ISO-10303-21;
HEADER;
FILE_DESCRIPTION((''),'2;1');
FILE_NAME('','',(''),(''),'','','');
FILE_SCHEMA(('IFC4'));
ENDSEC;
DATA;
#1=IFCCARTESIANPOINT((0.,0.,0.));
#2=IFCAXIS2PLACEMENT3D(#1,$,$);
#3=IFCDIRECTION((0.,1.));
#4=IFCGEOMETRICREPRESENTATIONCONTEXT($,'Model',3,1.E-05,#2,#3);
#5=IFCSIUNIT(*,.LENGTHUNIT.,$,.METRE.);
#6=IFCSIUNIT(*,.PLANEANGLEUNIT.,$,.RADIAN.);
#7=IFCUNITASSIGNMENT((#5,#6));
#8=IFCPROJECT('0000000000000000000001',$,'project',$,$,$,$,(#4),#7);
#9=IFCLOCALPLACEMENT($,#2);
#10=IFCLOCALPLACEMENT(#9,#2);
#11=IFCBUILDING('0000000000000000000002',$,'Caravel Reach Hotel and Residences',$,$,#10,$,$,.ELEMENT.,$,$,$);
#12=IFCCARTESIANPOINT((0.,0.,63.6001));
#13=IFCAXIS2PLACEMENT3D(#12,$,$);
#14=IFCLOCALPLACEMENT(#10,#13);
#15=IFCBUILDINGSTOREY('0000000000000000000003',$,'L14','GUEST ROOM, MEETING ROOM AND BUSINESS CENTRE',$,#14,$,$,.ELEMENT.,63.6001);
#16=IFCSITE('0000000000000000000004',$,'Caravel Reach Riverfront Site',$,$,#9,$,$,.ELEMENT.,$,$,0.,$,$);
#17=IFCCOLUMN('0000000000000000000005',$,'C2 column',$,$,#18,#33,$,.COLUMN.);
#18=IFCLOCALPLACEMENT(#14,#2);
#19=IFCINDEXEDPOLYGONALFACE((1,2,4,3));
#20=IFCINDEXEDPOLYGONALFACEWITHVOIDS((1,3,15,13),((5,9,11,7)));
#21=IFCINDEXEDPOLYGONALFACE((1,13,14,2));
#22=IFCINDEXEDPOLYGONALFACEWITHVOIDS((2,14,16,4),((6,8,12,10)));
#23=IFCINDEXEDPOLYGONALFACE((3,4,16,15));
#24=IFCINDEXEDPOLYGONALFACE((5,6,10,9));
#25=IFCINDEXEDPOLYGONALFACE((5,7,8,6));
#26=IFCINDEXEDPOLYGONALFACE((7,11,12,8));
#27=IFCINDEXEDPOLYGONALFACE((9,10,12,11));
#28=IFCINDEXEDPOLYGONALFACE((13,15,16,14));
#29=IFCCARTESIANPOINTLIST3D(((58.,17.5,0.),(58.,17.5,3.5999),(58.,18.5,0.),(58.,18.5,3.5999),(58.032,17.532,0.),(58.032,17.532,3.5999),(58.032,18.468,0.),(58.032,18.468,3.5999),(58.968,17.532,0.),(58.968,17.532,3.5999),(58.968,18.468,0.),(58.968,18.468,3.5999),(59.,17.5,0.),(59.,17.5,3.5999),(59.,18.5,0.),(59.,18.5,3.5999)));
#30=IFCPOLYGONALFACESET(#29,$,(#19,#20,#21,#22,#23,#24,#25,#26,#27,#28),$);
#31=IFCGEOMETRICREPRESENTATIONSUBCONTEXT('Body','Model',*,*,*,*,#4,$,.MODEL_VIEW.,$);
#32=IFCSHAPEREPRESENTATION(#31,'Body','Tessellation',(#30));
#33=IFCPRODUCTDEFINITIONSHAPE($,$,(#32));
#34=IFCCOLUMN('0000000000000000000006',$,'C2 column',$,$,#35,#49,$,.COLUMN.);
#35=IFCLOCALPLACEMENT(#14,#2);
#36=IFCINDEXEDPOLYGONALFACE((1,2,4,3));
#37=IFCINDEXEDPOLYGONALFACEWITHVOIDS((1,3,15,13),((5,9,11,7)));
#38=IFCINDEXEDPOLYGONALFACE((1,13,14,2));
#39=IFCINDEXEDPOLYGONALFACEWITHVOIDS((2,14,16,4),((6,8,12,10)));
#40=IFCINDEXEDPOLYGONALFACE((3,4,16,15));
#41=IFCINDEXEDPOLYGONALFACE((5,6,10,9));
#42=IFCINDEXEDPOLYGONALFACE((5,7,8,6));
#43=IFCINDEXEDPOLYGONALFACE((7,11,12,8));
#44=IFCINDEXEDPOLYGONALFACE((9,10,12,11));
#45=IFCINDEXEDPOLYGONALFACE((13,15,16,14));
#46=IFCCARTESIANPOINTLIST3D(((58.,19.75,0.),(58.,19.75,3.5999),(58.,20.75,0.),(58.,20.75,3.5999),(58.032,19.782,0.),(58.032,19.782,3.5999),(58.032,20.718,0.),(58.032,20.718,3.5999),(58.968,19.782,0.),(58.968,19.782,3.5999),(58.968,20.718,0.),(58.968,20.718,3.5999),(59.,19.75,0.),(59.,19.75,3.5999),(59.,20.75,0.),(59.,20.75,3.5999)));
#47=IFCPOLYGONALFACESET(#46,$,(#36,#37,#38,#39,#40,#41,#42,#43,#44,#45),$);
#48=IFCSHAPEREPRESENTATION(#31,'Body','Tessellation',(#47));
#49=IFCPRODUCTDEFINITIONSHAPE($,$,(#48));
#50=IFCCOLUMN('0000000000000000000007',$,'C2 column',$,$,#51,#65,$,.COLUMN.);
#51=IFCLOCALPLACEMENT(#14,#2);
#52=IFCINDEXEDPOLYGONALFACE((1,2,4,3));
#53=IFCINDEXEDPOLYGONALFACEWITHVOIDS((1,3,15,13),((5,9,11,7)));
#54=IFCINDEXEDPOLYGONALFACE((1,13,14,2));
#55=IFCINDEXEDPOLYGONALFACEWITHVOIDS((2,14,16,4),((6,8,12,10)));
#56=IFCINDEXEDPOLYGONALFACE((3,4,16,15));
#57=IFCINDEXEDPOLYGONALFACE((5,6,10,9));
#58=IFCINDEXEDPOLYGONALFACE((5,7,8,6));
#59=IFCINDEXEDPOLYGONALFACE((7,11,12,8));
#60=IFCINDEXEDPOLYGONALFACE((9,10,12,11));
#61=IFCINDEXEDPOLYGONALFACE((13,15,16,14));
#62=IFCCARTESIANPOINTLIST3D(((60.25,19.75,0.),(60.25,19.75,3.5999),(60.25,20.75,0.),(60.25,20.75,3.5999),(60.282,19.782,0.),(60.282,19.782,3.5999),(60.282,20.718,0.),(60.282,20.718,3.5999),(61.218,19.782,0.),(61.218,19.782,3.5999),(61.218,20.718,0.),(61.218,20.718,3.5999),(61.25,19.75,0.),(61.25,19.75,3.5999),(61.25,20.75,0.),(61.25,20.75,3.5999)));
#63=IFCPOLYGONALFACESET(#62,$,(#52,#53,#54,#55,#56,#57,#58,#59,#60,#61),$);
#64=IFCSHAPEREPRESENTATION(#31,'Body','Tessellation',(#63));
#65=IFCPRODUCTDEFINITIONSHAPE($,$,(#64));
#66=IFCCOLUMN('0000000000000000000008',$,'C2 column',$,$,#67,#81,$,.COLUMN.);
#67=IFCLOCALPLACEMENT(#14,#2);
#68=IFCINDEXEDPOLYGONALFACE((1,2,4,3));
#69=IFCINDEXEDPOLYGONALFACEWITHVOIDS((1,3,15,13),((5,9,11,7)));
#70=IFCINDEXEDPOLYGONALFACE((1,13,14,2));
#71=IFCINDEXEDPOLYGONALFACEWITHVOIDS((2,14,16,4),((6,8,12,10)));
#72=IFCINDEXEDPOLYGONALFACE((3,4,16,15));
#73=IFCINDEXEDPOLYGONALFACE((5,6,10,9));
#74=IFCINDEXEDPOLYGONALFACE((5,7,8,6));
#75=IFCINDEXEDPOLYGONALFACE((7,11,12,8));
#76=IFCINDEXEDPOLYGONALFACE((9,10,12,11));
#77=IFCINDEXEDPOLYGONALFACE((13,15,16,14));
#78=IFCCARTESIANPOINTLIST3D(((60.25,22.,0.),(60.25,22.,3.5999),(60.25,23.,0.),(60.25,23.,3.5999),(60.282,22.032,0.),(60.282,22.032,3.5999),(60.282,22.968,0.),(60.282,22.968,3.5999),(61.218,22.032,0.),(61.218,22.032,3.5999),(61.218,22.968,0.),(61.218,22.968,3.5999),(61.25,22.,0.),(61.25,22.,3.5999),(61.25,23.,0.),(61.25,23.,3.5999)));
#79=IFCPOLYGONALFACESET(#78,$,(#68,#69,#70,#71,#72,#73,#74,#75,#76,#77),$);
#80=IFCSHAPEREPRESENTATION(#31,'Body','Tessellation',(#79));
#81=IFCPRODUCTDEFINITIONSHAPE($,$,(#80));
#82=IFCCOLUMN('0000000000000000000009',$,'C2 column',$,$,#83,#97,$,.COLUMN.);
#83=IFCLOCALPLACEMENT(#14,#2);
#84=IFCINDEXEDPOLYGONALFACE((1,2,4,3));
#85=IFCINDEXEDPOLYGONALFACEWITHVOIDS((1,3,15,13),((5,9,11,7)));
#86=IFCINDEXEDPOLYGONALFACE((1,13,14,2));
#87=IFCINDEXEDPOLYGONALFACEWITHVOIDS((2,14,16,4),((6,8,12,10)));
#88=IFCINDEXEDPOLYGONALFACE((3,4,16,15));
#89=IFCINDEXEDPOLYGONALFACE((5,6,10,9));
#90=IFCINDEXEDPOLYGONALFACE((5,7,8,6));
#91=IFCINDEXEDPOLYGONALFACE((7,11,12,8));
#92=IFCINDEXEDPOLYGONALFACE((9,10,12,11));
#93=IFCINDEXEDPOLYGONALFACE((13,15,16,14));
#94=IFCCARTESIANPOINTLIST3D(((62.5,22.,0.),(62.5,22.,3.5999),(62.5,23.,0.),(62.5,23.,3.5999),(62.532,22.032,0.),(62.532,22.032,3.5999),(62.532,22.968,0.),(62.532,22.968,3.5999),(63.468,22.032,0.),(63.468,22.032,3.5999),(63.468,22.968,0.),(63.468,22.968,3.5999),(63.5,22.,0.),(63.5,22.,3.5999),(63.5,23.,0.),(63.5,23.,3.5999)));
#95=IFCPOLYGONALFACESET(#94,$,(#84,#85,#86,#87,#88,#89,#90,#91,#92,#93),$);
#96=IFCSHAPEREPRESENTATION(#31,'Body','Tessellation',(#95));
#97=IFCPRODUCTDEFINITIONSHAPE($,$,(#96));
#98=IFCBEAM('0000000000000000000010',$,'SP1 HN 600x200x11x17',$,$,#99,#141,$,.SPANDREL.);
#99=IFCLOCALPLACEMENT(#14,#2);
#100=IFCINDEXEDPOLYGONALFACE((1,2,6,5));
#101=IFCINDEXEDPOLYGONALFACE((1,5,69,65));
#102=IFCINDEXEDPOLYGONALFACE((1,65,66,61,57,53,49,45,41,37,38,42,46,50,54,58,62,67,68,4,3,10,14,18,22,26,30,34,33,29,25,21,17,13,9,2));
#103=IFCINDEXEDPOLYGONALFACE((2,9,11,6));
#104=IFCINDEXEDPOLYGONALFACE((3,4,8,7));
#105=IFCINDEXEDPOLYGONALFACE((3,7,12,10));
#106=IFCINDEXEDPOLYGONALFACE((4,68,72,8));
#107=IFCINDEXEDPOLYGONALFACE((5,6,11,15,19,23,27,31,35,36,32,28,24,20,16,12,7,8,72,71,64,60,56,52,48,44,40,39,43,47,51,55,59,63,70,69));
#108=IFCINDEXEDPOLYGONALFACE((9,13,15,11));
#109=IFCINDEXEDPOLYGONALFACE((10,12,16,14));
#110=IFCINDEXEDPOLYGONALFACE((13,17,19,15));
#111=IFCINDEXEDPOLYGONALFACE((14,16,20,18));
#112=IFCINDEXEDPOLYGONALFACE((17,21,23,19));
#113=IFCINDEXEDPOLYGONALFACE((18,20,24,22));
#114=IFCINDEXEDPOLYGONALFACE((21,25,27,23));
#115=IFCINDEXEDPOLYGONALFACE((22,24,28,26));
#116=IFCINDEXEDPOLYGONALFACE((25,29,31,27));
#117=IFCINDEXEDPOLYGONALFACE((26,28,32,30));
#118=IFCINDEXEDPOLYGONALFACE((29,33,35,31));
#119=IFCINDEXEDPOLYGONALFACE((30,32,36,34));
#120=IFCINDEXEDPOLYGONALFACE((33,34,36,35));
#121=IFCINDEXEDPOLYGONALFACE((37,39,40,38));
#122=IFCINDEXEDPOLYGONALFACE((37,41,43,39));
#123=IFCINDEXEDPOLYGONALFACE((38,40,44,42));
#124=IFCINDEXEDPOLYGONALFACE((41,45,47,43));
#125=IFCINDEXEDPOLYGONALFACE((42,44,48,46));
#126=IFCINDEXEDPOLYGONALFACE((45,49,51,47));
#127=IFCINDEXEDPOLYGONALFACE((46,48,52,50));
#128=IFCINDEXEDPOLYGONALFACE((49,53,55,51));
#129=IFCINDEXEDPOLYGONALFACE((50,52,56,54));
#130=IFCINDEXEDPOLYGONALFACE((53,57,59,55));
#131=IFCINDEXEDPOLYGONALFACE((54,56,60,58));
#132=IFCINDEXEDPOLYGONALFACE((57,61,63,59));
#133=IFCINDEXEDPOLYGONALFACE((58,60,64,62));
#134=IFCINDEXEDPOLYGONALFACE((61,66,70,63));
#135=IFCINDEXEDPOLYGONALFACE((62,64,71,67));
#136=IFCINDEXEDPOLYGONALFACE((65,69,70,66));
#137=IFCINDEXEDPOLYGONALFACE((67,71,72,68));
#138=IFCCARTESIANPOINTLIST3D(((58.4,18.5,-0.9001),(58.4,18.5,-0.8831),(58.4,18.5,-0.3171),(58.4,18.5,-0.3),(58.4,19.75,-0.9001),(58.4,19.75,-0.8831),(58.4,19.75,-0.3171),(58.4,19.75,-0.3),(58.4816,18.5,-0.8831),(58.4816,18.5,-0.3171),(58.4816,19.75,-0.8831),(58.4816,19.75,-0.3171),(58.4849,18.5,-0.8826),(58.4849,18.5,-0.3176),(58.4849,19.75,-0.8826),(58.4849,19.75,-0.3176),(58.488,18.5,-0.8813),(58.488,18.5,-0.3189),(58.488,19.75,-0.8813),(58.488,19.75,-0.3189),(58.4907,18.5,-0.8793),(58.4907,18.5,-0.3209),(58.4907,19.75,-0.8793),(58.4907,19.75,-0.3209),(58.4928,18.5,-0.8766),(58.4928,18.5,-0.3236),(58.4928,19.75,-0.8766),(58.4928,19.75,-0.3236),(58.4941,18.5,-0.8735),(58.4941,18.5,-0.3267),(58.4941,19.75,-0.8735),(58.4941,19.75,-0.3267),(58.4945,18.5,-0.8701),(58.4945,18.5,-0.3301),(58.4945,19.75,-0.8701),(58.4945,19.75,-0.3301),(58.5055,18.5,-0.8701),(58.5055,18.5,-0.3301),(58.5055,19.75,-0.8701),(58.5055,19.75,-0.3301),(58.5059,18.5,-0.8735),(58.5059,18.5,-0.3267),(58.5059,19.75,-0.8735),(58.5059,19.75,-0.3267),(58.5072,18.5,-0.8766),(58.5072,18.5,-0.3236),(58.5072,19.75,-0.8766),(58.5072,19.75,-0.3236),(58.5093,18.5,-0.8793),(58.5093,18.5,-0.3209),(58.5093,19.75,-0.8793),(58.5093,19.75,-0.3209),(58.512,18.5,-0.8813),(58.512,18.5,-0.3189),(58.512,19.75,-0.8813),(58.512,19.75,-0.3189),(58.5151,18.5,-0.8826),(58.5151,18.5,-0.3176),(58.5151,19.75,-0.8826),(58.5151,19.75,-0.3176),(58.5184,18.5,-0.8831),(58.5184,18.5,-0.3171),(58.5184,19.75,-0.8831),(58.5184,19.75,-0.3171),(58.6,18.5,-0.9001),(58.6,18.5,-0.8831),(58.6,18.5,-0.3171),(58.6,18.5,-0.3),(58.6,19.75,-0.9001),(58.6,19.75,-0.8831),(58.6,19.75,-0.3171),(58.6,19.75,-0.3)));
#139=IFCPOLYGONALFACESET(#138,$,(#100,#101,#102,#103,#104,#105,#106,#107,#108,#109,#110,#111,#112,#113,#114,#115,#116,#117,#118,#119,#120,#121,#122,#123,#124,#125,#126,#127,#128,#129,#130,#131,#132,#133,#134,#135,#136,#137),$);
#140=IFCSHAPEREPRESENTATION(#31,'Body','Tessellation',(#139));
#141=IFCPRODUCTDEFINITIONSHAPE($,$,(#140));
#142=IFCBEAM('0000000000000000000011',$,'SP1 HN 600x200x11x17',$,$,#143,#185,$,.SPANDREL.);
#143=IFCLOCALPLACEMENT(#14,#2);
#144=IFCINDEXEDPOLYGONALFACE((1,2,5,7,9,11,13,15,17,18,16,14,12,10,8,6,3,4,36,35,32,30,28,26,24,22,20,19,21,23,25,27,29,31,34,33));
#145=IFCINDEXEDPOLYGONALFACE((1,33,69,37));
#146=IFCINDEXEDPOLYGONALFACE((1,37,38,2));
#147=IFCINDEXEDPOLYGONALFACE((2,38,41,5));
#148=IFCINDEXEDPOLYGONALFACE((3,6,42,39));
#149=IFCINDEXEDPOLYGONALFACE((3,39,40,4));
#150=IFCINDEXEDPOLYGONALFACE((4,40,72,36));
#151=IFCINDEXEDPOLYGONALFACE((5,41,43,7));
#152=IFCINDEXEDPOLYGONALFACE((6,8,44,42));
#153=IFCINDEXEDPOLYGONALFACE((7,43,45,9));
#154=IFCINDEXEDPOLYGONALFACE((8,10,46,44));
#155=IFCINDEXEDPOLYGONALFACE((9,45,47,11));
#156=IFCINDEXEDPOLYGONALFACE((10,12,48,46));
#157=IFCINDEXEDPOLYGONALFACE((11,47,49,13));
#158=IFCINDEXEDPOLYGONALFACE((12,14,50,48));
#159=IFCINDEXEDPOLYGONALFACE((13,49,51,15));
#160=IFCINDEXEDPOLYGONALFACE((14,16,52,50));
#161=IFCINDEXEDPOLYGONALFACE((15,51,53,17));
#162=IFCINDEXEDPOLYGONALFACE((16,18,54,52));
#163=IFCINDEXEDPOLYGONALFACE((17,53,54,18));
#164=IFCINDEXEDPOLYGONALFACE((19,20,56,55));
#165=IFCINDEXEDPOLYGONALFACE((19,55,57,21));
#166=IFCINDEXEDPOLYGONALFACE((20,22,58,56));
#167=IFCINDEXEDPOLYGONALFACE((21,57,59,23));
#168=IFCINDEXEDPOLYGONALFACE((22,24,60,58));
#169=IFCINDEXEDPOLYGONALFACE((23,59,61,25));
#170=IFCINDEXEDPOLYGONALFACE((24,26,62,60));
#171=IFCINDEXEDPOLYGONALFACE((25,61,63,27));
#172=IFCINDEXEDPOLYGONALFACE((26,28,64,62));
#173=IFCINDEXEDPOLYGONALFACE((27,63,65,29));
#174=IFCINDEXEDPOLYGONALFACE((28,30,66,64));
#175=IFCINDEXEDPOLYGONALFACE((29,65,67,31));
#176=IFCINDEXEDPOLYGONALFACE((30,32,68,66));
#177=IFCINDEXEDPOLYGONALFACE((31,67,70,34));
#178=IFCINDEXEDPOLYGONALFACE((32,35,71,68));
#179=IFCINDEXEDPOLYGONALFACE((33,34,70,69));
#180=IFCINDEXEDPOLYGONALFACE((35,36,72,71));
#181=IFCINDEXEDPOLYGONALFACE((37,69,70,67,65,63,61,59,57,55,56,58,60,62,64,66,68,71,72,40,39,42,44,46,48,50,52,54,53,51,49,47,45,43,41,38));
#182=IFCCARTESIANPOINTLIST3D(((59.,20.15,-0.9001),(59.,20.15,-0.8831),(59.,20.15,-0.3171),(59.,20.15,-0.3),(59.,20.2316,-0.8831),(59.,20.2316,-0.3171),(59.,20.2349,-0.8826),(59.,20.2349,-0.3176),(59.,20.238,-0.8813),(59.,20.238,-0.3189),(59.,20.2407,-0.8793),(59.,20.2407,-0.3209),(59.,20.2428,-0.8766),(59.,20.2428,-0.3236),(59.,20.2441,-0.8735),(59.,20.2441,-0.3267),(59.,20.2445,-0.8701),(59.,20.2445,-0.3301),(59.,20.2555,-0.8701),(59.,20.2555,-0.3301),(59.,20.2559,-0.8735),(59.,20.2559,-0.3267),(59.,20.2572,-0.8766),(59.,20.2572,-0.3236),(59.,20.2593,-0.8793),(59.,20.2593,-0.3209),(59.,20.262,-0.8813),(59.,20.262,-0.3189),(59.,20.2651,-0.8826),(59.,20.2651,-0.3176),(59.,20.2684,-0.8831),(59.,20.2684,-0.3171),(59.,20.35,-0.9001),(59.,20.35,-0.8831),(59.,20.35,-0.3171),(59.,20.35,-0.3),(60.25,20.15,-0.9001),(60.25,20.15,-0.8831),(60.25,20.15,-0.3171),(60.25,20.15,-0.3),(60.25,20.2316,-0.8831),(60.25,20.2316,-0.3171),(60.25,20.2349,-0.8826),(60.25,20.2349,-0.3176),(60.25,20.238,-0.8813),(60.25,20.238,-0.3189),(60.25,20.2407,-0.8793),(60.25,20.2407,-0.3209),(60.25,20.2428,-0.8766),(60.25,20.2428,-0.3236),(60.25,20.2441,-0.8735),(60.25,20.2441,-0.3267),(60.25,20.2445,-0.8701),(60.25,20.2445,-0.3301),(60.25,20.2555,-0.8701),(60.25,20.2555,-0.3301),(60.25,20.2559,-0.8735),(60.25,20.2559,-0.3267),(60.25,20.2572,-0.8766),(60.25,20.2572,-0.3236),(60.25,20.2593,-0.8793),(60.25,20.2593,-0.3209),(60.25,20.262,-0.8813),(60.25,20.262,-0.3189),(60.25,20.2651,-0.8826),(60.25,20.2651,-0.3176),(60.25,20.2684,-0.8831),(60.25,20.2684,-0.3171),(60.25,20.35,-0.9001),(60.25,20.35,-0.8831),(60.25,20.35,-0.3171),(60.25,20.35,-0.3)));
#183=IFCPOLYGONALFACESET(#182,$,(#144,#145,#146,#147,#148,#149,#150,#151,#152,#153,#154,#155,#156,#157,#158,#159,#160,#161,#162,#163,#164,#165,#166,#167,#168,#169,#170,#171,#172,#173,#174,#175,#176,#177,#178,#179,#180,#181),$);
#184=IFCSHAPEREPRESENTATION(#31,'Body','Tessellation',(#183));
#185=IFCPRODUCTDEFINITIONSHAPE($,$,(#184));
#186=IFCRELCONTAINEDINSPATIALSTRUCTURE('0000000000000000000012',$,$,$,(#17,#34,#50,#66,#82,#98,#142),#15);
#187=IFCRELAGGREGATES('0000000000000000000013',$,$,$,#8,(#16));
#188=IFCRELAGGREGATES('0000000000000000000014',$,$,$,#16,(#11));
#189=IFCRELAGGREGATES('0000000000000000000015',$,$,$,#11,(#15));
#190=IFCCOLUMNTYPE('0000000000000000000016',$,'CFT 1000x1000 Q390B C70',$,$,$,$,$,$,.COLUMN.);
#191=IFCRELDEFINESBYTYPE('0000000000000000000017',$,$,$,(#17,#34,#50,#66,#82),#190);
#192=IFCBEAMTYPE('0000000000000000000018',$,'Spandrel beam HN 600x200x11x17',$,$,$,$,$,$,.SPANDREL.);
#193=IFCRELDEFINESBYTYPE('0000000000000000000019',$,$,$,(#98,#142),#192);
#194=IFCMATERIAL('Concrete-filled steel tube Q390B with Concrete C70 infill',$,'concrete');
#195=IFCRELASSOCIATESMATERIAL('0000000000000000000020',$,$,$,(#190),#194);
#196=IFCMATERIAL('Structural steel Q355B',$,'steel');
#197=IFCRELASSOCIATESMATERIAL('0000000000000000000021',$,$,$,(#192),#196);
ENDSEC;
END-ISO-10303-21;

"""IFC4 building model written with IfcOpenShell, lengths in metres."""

from ifc_helpers import new_model, si_unit, direction, frame, origin, origin_2d, place, context, subcontext, project, spatial, hollow_rectangle, i_section, extrude, material, material_profile, profile_set, type_object, element, save


model = new_model("IFC4")

# Units and contexts
model_context = context("Model", 3, precision=1e-05, world=origin(), true_north=direction((0.0, 1.0)))
body_context = subcontext(model_context, "Body", "Model", "MODEL_VIEW")
ifc_project = project(units=[si_unit("LENGTHUNIT", "METRE"), si_unit("PLANEANGLEUNIT", "RADIAN")], contexts=[model_context])

# Site, building, storey
site_placement = place(None, origin())
site = spatial("IfcSite", under=ifc_project, at=site_placement, Name="Caravel Reach Riverfront Site", CompositionType="ELEMENT", RefElevation=0.0)
building_placement = place(site_placement, origin())
building = spatial("IfcBuilding", under=site, at=building_placement, Name="Caravel Reach Hotel and Residences", CompositionType="ELEMENT")
storey_placement = place(building_placement, frame((0.0, 0.0, 63.6001)))
storey = spatial("IfcBuildingStorey", under=building, at=storey_placement, Name="L14", Description="GUEST ROOM, MEETING ROOM AND BUSINESS CENTRE", CompositionType="ELEMENT", Elevation=63.6001)

# Columns
ifc_material_1 = material(Name="Concrete-filled steel tube Q390B with Concrete C70 infill", Category="concrete")
ifc_material_profile_1 = material_profile(ifc_material_1, hollow_rectangle(XDim=1.0, YDim=1.0, WallThickness=0.032, at=origin_2d()), Name="RHS 1000x1000x32")
ifc_profile_set_1 = profile_set([ifc_material_profile_1], Name="Concrete-filled steel tube Q390B with Concrete C70 infill")
column_type = type_object("IfcColumnType", Name="CFT 1000x1000 Q390B C70", PredefinedType="COLUMN", material=ifc_profile_set_1)
for number, where, z_axis, x_axis, name in (
    (1, (58.5, 18.0, 0.0), (0.0, 0.0, 1.0), (1.0, 0.0, 0.0), "C2 column"),
    (2, (58.5, 20.25, 0.0), (0.0, 0.0, 1.0), (1.0, 0.0, 0.0), "C2 column"),
    (3, (60.75, 20.25, 0.0), (0.0, 0.0, 1.0), (1.0, 0.0, 0.0), "C2 column"),
    (4, (60.75, 22.5, 0.0), (0.0, 0.0, 1.0), (1.0, 0.0, 0.0), "C2 column"),
    (5, (63.0, 22.5, 0.0), (0.0, 0.0, 1.0), (1.0, 0.0, 0.0), "C2 column"),
):
    element("IfcColumn", number, at=place(storey_placement, frame(where, z_axis=z_axis, x_axis=x_axis)), inside=storey, type_object=column_type, Name=name, PredefinedType="COLUMN", context=body_context, shape_type="SweptSolid", body=[
        extrude(hollow_rectangle(XDim=1.0, YDim=1.0, WallThickness=0.032, at=origin_2d()), origin(), (0.0, 0.0, 1.0), 3.5999),
    ])

# Beams
ifc_material_2 = material(Name="Structural steel Q355B", Category="steel")
ifc_material_profile_2 = material_profile(ifc_material_2, i_section(OverallWidth=0.2, OverallDepth=0.6001, WebThickness=0.011, FlangeThickness=0.0171, FilletRadius=0.0129, at=origin_2d()), Name="HN 600x200x11x17")
ifc_profile_set_2 = profile_set([ifc_material_profile_2], Name="Structural steel Q355B")
beam_type = type_object("IfcBeamType", Name="Spandrel beam HN 600x200x11x17", PredefinedType="SPANDREL", material=ifc_profile_set_2)
for number, where, z_axis, x_axis, name in (
    (6, (58.5, 18.5, -0.6001), (0.0, 1.0, 0.0), (-1.0, 0.0, 0.0), "SP1 HN 600x200x11x17"),
    (7, (59.0, 20.25, -0.6001), (1.0, 0.0, 0.0), (0.0, 1.0, 0.0), "SP1 HN 600x200x11x17"),
):
    element("IfcBeam", number, at=place(storey_placement, frame(where, z_axis=z_axis, x_axis=x_axis)), inside=storey, type_object=beam_type, Name=name, PredefinedType="SPANDREL", context=body_context, shape_type="SweptSolid", body=[
        extrude(i_section(OverallWidth=0.2, OverallDepth=0.6001, WebThickness=0.011, FlangeThickness=0.0171, FilletRadius=0.0129, at=origin_2d()), origin(), (0.0, 0.0, 1.0), 1.25),
    ])

save(model, "model.ifc")
